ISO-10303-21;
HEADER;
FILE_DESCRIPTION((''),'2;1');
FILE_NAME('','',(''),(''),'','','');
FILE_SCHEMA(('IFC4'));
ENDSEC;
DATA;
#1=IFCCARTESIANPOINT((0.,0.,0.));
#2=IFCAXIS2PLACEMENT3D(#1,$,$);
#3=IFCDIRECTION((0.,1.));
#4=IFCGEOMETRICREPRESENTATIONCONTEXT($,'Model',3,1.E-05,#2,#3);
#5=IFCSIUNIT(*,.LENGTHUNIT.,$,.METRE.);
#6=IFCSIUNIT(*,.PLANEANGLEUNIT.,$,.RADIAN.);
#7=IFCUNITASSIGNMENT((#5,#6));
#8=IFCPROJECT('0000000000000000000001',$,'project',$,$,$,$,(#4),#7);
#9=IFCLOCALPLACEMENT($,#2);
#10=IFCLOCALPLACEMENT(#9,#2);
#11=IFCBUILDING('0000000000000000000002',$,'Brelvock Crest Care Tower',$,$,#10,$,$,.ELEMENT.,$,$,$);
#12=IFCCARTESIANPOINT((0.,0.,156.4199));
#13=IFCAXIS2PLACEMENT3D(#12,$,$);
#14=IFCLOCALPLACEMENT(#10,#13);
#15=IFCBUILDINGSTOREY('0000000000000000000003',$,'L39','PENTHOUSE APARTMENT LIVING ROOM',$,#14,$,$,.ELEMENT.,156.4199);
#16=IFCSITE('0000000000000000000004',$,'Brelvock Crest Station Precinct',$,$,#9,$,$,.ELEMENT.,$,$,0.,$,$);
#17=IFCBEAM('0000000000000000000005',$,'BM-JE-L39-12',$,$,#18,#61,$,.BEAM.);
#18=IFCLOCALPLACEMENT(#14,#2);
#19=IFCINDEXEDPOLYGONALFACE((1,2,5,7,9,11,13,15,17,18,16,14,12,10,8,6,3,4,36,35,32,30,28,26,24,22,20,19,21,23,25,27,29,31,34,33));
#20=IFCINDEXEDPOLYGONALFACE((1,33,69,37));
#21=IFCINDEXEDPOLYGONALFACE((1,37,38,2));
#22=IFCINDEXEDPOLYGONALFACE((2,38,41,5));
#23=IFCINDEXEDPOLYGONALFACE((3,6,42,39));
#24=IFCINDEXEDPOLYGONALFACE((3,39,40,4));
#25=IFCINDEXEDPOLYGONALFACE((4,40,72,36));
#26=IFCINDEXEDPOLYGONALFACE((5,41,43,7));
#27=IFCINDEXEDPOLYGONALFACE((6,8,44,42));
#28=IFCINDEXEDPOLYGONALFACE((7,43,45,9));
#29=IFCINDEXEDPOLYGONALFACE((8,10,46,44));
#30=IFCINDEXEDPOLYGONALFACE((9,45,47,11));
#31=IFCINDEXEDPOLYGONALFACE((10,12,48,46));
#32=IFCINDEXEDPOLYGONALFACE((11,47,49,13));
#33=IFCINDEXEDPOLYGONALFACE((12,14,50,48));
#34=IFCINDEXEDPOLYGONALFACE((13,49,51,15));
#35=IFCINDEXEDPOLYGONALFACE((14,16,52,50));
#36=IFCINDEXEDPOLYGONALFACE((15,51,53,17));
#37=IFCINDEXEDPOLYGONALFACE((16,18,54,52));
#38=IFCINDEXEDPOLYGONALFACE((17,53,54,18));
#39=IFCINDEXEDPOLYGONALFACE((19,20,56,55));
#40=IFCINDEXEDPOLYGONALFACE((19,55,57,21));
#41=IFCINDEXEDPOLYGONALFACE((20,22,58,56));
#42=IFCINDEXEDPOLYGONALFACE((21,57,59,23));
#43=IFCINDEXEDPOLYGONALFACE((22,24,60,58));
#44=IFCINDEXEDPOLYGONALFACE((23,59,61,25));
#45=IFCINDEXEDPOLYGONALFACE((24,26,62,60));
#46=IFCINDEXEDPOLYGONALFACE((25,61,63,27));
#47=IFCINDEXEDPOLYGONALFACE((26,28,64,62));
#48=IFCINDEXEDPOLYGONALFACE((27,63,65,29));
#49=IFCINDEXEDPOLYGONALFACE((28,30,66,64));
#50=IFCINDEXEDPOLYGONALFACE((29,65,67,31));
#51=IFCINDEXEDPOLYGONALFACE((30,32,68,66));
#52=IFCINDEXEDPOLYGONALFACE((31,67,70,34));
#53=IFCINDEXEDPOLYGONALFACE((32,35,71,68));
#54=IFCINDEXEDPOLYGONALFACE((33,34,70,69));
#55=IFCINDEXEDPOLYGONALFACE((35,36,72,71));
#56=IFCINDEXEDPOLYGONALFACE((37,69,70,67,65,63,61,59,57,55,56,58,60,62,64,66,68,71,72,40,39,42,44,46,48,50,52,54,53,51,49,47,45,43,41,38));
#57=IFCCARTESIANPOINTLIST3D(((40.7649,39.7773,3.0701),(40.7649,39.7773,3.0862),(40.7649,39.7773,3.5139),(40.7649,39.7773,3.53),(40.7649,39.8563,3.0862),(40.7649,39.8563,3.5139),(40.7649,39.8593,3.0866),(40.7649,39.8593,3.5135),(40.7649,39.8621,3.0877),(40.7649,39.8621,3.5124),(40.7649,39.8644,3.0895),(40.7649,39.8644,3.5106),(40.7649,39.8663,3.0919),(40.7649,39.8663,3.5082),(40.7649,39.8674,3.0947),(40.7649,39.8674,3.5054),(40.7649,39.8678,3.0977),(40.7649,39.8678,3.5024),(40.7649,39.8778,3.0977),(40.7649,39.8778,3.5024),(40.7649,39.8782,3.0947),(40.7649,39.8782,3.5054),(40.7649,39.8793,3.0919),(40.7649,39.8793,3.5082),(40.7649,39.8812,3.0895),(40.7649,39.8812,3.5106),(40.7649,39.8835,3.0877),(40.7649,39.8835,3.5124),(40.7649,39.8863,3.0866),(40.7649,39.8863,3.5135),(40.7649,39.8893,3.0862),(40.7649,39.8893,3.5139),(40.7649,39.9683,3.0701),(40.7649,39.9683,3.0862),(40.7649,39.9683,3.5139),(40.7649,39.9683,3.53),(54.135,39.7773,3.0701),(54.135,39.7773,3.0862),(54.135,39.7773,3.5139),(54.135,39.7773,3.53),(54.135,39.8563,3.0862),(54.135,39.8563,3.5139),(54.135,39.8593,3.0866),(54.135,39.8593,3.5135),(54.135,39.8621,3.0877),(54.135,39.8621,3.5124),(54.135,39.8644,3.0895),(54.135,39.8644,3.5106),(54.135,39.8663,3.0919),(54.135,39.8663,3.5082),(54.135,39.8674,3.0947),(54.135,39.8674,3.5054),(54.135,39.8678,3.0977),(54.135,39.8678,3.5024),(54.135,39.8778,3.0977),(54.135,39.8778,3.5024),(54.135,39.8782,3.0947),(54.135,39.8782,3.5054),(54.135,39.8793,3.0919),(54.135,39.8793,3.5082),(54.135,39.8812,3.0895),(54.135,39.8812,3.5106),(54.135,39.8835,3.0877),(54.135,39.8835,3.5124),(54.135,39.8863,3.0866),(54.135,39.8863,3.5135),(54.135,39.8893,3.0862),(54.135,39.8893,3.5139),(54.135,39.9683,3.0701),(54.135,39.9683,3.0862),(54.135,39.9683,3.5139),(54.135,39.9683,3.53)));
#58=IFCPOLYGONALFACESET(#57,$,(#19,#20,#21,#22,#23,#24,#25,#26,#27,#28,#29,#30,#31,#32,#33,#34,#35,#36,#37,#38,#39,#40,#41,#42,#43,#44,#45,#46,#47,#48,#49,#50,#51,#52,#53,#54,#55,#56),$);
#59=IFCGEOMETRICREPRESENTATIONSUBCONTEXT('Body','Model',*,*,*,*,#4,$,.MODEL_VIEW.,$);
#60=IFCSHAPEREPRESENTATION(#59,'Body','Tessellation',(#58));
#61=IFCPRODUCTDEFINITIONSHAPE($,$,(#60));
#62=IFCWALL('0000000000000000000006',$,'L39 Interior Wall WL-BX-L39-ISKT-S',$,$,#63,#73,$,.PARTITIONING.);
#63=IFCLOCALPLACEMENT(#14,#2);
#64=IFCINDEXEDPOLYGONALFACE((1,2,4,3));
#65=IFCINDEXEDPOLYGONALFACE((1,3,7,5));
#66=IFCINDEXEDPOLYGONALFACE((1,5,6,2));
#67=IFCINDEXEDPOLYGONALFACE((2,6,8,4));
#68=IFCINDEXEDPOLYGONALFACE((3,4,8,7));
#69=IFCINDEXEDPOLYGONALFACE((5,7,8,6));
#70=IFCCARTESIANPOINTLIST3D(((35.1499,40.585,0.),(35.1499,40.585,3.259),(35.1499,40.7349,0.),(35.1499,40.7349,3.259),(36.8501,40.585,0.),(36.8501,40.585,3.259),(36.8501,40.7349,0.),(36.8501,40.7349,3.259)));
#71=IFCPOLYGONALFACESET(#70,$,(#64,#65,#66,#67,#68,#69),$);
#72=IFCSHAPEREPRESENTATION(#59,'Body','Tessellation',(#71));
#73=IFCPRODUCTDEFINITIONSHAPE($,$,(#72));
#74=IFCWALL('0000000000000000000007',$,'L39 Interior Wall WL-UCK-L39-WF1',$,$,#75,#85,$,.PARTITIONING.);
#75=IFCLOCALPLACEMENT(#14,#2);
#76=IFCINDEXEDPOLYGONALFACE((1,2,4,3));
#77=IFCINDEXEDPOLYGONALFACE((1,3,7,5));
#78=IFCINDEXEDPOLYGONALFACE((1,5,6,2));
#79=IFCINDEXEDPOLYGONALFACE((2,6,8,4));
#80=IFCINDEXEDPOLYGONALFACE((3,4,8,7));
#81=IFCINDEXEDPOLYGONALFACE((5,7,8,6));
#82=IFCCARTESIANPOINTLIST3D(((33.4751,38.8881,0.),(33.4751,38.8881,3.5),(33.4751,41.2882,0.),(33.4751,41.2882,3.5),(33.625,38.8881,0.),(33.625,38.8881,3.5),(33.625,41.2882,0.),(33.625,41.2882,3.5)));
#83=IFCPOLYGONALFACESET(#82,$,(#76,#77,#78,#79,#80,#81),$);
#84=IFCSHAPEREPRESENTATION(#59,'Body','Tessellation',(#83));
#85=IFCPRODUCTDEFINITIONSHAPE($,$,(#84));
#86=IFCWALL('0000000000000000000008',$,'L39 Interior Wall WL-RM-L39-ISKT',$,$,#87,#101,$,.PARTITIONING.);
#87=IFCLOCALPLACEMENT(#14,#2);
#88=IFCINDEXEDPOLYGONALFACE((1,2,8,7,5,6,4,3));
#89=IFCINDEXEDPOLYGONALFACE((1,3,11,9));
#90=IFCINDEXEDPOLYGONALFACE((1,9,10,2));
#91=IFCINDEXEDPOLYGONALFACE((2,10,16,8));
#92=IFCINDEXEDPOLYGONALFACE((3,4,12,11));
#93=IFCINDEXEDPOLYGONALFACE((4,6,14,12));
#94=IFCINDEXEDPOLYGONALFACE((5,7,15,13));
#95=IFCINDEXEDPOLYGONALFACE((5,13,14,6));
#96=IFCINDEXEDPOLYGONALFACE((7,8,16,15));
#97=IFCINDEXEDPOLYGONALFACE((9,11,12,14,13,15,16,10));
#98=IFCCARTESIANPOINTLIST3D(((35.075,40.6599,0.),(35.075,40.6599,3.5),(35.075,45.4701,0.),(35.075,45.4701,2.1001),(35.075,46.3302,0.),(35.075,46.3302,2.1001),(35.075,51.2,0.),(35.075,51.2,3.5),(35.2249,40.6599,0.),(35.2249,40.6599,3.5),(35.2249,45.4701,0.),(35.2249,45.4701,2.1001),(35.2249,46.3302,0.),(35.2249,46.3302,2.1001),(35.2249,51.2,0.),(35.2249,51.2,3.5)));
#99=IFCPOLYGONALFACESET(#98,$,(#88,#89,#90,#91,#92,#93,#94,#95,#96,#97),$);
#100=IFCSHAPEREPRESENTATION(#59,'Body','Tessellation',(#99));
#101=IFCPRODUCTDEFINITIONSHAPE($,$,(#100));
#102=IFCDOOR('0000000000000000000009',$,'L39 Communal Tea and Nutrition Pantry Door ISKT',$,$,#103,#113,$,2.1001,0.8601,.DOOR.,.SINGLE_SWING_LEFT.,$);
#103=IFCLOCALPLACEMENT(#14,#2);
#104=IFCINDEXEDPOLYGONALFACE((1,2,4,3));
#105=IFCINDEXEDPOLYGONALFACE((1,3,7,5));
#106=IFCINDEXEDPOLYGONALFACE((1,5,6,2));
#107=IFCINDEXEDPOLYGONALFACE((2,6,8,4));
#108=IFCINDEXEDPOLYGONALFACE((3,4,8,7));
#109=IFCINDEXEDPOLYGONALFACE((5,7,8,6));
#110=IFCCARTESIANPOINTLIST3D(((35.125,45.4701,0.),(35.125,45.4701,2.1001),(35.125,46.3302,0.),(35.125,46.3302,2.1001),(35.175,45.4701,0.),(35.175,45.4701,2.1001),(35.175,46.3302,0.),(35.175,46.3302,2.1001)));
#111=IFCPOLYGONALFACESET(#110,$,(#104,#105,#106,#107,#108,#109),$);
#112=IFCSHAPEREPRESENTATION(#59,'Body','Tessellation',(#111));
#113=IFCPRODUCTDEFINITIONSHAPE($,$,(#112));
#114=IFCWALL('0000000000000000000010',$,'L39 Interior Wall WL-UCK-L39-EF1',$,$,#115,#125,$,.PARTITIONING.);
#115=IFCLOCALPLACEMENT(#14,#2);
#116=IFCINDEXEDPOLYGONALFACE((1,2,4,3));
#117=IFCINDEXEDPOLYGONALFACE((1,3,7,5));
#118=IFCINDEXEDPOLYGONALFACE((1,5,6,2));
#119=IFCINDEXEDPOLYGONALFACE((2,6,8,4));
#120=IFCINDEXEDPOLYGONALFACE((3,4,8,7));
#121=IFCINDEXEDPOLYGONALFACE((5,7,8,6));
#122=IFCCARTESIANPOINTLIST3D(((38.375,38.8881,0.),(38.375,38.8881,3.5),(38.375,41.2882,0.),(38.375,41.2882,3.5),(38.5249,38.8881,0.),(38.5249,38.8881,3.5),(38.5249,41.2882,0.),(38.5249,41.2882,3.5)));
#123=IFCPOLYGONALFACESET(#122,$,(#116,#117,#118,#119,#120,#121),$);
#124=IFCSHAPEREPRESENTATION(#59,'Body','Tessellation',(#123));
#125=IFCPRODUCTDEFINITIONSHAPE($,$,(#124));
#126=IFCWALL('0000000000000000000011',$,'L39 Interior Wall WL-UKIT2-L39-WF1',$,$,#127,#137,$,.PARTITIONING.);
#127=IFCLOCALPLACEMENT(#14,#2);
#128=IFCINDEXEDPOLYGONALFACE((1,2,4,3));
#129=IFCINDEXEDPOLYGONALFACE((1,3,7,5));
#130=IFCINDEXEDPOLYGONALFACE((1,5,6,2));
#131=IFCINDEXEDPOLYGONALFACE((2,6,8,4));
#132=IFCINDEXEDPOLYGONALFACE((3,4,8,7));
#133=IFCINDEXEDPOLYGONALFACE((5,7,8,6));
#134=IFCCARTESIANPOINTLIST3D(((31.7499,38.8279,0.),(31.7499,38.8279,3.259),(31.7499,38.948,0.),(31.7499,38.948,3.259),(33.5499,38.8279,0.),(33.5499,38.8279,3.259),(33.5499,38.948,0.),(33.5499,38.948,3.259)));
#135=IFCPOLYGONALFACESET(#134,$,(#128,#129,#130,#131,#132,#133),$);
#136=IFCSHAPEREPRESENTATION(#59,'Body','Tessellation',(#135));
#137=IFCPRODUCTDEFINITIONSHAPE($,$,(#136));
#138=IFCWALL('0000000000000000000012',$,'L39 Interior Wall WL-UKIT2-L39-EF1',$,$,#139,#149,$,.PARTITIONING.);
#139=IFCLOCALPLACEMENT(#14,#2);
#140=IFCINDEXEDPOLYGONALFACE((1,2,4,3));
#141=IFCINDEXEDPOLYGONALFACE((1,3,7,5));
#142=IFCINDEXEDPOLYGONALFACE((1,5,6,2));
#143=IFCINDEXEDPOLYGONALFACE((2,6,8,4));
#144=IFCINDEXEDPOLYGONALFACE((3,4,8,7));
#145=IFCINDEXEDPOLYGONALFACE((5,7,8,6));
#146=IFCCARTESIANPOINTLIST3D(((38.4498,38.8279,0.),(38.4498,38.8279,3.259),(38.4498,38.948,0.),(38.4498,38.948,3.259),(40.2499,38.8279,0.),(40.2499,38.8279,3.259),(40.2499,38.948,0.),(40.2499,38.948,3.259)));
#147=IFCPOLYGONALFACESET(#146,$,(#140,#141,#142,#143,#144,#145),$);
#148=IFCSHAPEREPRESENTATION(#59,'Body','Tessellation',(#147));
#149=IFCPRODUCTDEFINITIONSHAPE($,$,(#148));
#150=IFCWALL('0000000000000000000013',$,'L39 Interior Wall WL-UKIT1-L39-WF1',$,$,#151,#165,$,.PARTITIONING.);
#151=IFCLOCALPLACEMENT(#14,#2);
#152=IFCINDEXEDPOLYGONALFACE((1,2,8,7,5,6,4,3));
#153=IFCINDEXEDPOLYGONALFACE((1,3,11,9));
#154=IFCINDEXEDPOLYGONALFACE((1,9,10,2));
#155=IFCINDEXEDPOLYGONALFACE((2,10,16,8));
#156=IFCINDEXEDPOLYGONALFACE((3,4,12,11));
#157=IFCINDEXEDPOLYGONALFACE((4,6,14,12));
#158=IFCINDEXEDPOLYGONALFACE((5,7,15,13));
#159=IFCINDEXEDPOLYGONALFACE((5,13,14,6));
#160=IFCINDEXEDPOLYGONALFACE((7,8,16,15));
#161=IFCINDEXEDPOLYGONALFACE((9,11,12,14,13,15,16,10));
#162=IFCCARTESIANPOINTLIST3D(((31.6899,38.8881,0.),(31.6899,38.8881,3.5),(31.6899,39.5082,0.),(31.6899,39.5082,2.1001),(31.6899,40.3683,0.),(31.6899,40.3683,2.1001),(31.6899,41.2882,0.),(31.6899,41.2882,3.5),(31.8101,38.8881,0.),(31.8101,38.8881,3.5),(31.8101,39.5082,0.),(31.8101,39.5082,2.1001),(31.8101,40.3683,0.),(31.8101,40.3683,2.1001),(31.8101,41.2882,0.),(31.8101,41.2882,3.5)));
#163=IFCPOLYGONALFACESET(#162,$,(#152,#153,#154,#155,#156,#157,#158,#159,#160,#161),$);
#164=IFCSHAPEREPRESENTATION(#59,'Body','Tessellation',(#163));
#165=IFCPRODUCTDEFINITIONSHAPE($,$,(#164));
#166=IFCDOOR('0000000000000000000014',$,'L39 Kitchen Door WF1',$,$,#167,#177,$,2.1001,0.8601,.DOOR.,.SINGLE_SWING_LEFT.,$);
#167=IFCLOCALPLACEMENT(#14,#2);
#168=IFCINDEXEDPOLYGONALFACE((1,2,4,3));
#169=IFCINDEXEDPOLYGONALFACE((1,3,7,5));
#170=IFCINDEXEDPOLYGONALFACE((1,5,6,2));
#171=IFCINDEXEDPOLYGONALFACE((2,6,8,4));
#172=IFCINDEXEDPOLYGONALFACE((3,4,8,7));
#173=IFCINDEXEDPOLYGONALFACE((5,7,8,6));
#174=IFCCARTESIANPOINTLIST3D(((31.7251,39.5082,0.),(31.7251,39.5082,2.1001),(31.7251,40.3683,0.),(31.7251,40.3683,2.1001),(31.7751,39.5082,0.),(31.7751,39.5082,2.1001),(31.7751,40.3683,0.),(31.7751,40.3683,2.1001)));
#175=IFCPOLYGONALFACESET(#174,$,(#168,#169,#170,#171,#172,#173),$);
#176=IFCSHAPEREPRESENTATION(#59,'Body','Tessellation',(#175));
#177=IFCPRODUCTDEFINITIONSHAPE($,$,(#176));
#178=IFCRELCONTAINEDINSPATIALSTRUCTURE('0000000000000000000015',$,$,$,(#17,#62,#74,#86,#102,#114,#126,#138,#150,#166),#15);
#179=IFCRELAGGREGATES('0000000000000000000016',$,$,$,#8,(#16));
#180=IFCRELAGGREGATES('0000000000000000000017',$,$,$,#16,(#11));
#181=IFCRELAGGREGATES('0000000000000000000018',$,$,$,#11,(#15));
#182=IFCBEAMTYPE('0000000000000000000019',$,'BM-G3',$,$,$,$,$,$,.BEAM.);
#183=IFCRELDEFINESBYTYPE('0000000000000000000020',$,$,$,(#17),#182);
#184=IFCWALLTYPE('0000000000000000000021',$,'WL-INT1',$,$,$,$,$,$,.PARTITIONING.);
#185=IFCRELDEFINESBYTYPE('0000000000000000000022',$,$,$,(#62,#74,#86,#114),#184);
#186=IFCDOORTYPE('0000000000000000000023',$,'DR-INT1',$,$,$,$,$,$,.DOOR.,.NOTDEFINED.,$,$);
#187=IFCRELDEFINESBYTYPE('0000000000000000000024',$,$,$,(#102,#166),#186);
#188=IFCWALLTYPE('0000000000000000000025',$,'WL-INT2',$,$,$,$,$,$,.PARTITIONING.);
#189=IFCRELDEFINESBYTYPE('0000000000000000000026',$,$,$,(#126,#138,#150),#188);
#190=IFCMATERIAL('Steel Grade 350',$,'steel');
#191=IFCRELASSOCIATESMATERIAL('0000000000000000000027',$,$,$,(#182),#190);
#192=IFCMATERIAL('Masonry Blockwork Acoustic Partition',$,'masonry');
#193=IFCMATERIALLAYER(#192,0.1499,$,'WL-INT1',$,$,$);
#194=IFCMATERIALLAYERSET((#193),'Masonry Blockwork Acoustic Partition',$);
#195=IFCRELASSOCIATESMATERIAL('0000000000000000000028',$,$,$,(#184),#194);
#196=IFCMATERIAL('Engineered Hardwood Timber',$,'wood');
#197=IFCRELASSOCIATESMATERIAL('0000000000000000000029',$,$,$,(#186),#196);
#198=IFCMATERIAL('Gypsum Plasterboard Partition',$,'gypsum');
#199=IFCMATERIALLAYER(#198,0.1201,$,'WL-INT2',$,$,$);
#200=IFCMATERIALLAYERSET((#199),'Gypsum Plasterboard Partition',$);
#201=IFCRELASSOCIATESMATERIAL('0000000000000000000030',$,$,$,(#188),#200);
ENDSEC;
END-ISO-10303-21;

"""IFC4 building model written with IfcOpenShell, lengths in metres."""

from ifc_helpers import new_model, si_unit, direction, frame, frame_2d, origin, origin_2d, place, context, subcontext, project, spatial, rectangle, i_section, extrude, source, transform, mapped, material, layer, layer_set, material_profile, profile_set, type_object, element, fill, save


model = new_model("IFC4")

# Units and contexts
model_context = context("Model", 3, precision=1e-05, world=origin(), true_north=direction((0.0, 1.0)))
body_context = subcontext(model_context, "Body", "Model", "MODEL_VIEW")
ifc_project = project(units=[si_unit("LENGTHUNIT", "METRE"), si_unit("PLANEANGLEUNIT", "RADIAN")], contexts=[model_context])

# Site, building, storey
site_placement = place(None, origin())
site = spatial("IfcSite", under=ifc_project, at=site_placement, Name="Brelvock Crest Station Precinct", CompositionType="ELEMENT", RefElevation=0.0)
building_placement = place(site_placement, origin())
building = spatial("IfcBuilding", under=site, at=building_placement, Name="Brelvock Crest Care Tower", CompositionType="ELEMENT")
storey_placement = place(building_placement, frame((0.0, 0.0, 156.4199)))
storey = spatial("IfcBuildingStorey", under=building, at=storey_placement, Name="L39", Description="PENTHOUSE APARTMENT LIVING ROOM", CompositionType="ELEMENT", Elevation=156.4199)

# Beam
ifc_material_1 = material(Name="Steel Grade 350", Category="steel")
ifc_material_profile_1 = material_profile(ifc_material_1, i_section(OverallWidth=0.1909, OverallDepth=0.46, WebThickness=0.01, FlangeThickness=0.0161, FilletRadius=0.0115, at=origin_2d()), Name="460UB82.1")
ifc_profile_set_1 = profile_set([ifc_material_profile_1], Name="Steel Grade 350")
beam_type_1 = type_object("IfcBeamType", Name="BM-G3", PredefinedType="BEAM", material=ifc_profile_set_1)
shared_shape_1 = source(origin(), body_context, "Body", "SweptSolid", [
    extrude(i_section(OverallWidth=0.1909, OverallDepth=0.46, WebThickness=0.01, FlangeThickness=0.0161, FilletRadius=0.0115, at=origin_2d()), origin(), (0.0, 0.0, 1.0), 13.3701),
])
for number, where, z_axis, x_axis, name in (
    (1, (40.7649, 39.8728, 3.3), (1.0, 0.0, 0.0), (0.0, 1.0, 0.0), "BM-JE-L39-12"),
):
    element("IfcBeam", number, at=place(storey_placement, frame(where, z_axis=z_axis, x_axis=x_axis)), inside=storey, type_object=beam_type_1, Name=name, PredefinedType="BEAM", context=body_context, shape_type="MappedRepresentation", body=[
        mapped(shared_shape_1, transform((0.0, 0.0, 0.0), x_axis=(1.0, 0.0, 0.0), y_axis=(0.0, 1.0, 0.0), z_axis=(0.0, 0.0, 1.0), scale=1.0)),
    ])

# Walls
ifc_material_2 = material(Name="Masonry Blockwork Acoustic Partition", Category="masonry")
ifc_layer_1 = layer(ifc_material_2, 0.1499, Name="WL-INT1")
ifc_layer_set_1 = layer_set([ifc_layer_1], Name="Masonry Blockwork Acoustic Partition")
wall_type_1 = type_object("IfcWallType", Name="WL-INT1", PredefinedType="PARTITIONING", material=ifc_layer_set_1)
wall_1_placement = place(storey_placement, frame((35.1499, 40.6599, 0.0), z_axis=(0.0, 0.0, 1.0), x_axis=(1.0, 0.0, 0.0)))
element("IfcWall", 2, at=wall_1_placement, inside=storey, type_object=wall_type_1, Name="L39 Interior Wall WL-BX-L39-ISKT-S", PredefinedType="PARTITIONING", context=body_context, shape_type="SweptSolid", body=[
    extrude(rectangle(XDim=1.7002, YDim=0.1499, at=frame_2d((0.8501, 0.0))), origin(), (0.0, 0.0, 1.0), 3.259),
])
wall_2_placement = place(storey_placement, frame((33.55, 38.8879, 0.0), z_axis=(0.0, 0.0, 1.0), x_axis=(0.0, 1.0, 0.0)))
element("IfcWall", 3, at=wall_2_placement, inside=storey, type_object=wall_type_1, Name="L39 Interior Wall WL-UCK-L39-WF1", PredefinedType="PARTITIONING", context=body_context, shape_type="SweptSolid", body=[
    extrude(rectangle(XDim=2.4001, YDim=0.1499, at=frame_2d((1.2002, 0.0))), origin(), (0.0, 0.0, 1.0), 3.5),
])

# Wall, opening, door
wall_3_placement = place(storey_placement, frame((35.1499, 40.6599, 0.0), z_axis=(0.0, 0.0, 1.0), x_axis=(0.0, 1.0, 0.0)))
wall_3 = element("IfcWall", 4, at=wall_3_placement, inside=storey, type_object=wall_type_1, Name="L39 Interior Wall WL-RM-L39-ISKT", PredefinedType="PARTITIONING", context=body_context, shape_type="SweptSolid", body=[
    extrude(rectangle(XDim=10.54, YDim=0.1499, at=frame_2d((5.27, 0.0))), origin(), (0.0, 0.0, 1.0), 3.5),
])
opening_1_placement = place(wall_3_placement, frame((4.8101, 0.0, 0.0)))
opening_1 = element("IfcOpeningElement", 5, at=opening_1_placement, cuts=wall_3, PredefinedType="OPENING", context=body_context, shape_type="SweptSolid", body=[
    extrude(rectangle(XDim=0.8601, YDim=2.1001, at=origin_2d()), frame((0.4302, 0.085, 1.05), z_axis=(0.0, -1.0, 0.0), x_axis=(1.0, 0.0, 0.0)), (0.0, 0.0, 1.0), 0.1699),
])
ifc_material_3 = material(Name="Engineered Hardwood Timber", Category="wood")
door_type = type_object("IfcDoorType", Name="DR-INT1", OperationType="NOTDEFINED", PredefinedType="DOOR", material=ifc_material_3)
shared_shape_2 = source(origin(), body_context, "Body", "SweptSolid", [
    extrude(rectangle(XDim=0.8601, YDim=2.1001, at=origin_2d()), frame((0.4302, 0.0249, 1.05), z_axis=(0.0, -1.0, 0.0), x_axis=(1.0, 0.0, 0.0)), (0.0, 0.0, 1.0), 0.05),
])
door_1_placement = place(opening_1_placement, origin())
door_1 = element("IfcDoor", 6, at=door_1_placement, inside=storey, type_object=door_type, Name="L39 Communal Tea and Nutrition Pantry Door ISKT", OperationType="SINGLE_SWING_LEFT", OverallHeight=2.1001, OverallWidth=0.8601, PredefinedType="DOOR", context=body_context, shape_type="MappedRepresentation", body=[
    mapped(shared_shape_2, transform((0.0, 0.0, 0.0), x_axis=(1.0, 0.0, 0.0), y_axis=(0.0, 1.0, 0.0), z_axis=(0.0, 0.0, 1.0), scale=1.0)),
])
fill(opening_1, door_1)

# Walls
wall_4_placement = place(storey_placement, frame((38.45, 38.8879, 0.0), z_axis=(0.0, 0.0, 1.0), x_axis=(0.0, 1.0, 0.0)))
element("IfcWall", 7, at=wall_4_placement, inside=storey, type_object=wall_type_1, Name="L39 Interior Wall WL-UCK-L39-EF1", PredefinedType="PARTITIONING", context=body_context, shape_type="SweptSolid", body=[
    extrude(rectangle(XDim=2.4001, YDim=0.1499, at=frame_2d((1.2002, 0.0))), origin(), (0.0, 0.0, 1.0), 3.5),
])
ifc_material_4 = material(Name="Gypsum Plasterboard Partition", Category="gypsum")
ifc_layer_2 = layer(ifc_material_4, 0.1201, Name="WL-INT2")
ifc_layer_set_2 = layer_set([ifc_layer_2], Name="Gypsum Plasterboard Partition")
wall_type_2 = type_object("IfcWallType", Name="WL-INT2", PredefinedType="PARTITIONING", material=ifc_layer_set_2)
for number, where, z_axis, x_axis, name in (
    (8, (31.75, 38.8879, 0.0), (0.0, 0.0, 1.0), (1.0, 0.0, 0.0), "L39 Interior Wall WL-UKIT2-L39-WF1"),
    (9, (38.45, 38.8879, 0.0), (0.0, 0.0, 1.0), (1.0, 0.0, 0.0), "L39 Interior Wall WL-UKIT2-L39-EF1"),
):
    element("IfcWall", number, at=place(storey_placement, frame(where, z_axis=z_axis, x_axis=x_axis)), inside=storey, type_object=wall_type_2, Name=name, PredefinedType="PARTITIONING", context=body_context, shape_type="SweptSolid", body=[
        extrude(rectangle(XDim=1.8, YDim=0.1201, at=frame_2d((0.8999, 0.0))), origin(), (0.0, 0.0, 1.0), 3.259),
    ])

# Wall, opening, door
wall_5_placement = place(storey_placement, frame((31.75, 38.8879, 0.0), z_axis=(0.0, 0.0, 1.0), x_axis=(0.0, 1.0, 0.0)))
wall_5 = element("IfcWall", 10, at=wall_5_placement, inside=storey, type_object=wall_type_2, Name="L39 Interior Wall WL-UKIT1-L39-WF1", PredefinedType="PARTITIONING", context=body_context, shape_type="SweptSolid", body=[
    extrude(rectangle(XDim=2.4001, YDim=0.1201, at=frame_2d((1.2002, 0.0))), origin(), (0.0, 0.0, 1.0), 3.5),
])
opening_2_placement = place(wall_5_placement, frame((0.6201, 0.0, 0.0)))
opening_2 = element("IfcOpeningElement", 11, at=opening_2_placement, cuts=wall_5, PredefinedType="OPENING", context=body_context, shape_type="SweptSolid", body=[
    extrude(rectangle(XDim=0.8601, YDim=2.1001, at=origin_2d()), frame((0.4302, 0.0701, 1.05), z_axis=(0.0, -1.0, 0.0), x_axis=(1.0, 0.0, 0.0)), (0.0, 0.0, 1.0), 0.1401),
])
door_2_placement = place(opening_2_placement, origin())
door_2 = element("IfcDoor", 12, at=door_2_placement, inside=storey, type_object=door_type, Name="L39 Kitchen Door WF1", OperationType="SINGLE_SWING_LEFT", OverallHeight=2.1001, OverallWidth=0.8601, PredefinedType="DOOR", context=body_context, shape_type="MappedRepresentation", body=[
    mapped(shared_shape_2, transform((0.0, 0.0, 0.0), x_axis=(1.0, 0.0, 0.0), y_axis=(0.0, 1.0, 0.0), z_axis=(0.0, 0.0, 1.0), scale=1.0)),
])
fill(opening_2, door_2)

save(model, "model.ifc")
